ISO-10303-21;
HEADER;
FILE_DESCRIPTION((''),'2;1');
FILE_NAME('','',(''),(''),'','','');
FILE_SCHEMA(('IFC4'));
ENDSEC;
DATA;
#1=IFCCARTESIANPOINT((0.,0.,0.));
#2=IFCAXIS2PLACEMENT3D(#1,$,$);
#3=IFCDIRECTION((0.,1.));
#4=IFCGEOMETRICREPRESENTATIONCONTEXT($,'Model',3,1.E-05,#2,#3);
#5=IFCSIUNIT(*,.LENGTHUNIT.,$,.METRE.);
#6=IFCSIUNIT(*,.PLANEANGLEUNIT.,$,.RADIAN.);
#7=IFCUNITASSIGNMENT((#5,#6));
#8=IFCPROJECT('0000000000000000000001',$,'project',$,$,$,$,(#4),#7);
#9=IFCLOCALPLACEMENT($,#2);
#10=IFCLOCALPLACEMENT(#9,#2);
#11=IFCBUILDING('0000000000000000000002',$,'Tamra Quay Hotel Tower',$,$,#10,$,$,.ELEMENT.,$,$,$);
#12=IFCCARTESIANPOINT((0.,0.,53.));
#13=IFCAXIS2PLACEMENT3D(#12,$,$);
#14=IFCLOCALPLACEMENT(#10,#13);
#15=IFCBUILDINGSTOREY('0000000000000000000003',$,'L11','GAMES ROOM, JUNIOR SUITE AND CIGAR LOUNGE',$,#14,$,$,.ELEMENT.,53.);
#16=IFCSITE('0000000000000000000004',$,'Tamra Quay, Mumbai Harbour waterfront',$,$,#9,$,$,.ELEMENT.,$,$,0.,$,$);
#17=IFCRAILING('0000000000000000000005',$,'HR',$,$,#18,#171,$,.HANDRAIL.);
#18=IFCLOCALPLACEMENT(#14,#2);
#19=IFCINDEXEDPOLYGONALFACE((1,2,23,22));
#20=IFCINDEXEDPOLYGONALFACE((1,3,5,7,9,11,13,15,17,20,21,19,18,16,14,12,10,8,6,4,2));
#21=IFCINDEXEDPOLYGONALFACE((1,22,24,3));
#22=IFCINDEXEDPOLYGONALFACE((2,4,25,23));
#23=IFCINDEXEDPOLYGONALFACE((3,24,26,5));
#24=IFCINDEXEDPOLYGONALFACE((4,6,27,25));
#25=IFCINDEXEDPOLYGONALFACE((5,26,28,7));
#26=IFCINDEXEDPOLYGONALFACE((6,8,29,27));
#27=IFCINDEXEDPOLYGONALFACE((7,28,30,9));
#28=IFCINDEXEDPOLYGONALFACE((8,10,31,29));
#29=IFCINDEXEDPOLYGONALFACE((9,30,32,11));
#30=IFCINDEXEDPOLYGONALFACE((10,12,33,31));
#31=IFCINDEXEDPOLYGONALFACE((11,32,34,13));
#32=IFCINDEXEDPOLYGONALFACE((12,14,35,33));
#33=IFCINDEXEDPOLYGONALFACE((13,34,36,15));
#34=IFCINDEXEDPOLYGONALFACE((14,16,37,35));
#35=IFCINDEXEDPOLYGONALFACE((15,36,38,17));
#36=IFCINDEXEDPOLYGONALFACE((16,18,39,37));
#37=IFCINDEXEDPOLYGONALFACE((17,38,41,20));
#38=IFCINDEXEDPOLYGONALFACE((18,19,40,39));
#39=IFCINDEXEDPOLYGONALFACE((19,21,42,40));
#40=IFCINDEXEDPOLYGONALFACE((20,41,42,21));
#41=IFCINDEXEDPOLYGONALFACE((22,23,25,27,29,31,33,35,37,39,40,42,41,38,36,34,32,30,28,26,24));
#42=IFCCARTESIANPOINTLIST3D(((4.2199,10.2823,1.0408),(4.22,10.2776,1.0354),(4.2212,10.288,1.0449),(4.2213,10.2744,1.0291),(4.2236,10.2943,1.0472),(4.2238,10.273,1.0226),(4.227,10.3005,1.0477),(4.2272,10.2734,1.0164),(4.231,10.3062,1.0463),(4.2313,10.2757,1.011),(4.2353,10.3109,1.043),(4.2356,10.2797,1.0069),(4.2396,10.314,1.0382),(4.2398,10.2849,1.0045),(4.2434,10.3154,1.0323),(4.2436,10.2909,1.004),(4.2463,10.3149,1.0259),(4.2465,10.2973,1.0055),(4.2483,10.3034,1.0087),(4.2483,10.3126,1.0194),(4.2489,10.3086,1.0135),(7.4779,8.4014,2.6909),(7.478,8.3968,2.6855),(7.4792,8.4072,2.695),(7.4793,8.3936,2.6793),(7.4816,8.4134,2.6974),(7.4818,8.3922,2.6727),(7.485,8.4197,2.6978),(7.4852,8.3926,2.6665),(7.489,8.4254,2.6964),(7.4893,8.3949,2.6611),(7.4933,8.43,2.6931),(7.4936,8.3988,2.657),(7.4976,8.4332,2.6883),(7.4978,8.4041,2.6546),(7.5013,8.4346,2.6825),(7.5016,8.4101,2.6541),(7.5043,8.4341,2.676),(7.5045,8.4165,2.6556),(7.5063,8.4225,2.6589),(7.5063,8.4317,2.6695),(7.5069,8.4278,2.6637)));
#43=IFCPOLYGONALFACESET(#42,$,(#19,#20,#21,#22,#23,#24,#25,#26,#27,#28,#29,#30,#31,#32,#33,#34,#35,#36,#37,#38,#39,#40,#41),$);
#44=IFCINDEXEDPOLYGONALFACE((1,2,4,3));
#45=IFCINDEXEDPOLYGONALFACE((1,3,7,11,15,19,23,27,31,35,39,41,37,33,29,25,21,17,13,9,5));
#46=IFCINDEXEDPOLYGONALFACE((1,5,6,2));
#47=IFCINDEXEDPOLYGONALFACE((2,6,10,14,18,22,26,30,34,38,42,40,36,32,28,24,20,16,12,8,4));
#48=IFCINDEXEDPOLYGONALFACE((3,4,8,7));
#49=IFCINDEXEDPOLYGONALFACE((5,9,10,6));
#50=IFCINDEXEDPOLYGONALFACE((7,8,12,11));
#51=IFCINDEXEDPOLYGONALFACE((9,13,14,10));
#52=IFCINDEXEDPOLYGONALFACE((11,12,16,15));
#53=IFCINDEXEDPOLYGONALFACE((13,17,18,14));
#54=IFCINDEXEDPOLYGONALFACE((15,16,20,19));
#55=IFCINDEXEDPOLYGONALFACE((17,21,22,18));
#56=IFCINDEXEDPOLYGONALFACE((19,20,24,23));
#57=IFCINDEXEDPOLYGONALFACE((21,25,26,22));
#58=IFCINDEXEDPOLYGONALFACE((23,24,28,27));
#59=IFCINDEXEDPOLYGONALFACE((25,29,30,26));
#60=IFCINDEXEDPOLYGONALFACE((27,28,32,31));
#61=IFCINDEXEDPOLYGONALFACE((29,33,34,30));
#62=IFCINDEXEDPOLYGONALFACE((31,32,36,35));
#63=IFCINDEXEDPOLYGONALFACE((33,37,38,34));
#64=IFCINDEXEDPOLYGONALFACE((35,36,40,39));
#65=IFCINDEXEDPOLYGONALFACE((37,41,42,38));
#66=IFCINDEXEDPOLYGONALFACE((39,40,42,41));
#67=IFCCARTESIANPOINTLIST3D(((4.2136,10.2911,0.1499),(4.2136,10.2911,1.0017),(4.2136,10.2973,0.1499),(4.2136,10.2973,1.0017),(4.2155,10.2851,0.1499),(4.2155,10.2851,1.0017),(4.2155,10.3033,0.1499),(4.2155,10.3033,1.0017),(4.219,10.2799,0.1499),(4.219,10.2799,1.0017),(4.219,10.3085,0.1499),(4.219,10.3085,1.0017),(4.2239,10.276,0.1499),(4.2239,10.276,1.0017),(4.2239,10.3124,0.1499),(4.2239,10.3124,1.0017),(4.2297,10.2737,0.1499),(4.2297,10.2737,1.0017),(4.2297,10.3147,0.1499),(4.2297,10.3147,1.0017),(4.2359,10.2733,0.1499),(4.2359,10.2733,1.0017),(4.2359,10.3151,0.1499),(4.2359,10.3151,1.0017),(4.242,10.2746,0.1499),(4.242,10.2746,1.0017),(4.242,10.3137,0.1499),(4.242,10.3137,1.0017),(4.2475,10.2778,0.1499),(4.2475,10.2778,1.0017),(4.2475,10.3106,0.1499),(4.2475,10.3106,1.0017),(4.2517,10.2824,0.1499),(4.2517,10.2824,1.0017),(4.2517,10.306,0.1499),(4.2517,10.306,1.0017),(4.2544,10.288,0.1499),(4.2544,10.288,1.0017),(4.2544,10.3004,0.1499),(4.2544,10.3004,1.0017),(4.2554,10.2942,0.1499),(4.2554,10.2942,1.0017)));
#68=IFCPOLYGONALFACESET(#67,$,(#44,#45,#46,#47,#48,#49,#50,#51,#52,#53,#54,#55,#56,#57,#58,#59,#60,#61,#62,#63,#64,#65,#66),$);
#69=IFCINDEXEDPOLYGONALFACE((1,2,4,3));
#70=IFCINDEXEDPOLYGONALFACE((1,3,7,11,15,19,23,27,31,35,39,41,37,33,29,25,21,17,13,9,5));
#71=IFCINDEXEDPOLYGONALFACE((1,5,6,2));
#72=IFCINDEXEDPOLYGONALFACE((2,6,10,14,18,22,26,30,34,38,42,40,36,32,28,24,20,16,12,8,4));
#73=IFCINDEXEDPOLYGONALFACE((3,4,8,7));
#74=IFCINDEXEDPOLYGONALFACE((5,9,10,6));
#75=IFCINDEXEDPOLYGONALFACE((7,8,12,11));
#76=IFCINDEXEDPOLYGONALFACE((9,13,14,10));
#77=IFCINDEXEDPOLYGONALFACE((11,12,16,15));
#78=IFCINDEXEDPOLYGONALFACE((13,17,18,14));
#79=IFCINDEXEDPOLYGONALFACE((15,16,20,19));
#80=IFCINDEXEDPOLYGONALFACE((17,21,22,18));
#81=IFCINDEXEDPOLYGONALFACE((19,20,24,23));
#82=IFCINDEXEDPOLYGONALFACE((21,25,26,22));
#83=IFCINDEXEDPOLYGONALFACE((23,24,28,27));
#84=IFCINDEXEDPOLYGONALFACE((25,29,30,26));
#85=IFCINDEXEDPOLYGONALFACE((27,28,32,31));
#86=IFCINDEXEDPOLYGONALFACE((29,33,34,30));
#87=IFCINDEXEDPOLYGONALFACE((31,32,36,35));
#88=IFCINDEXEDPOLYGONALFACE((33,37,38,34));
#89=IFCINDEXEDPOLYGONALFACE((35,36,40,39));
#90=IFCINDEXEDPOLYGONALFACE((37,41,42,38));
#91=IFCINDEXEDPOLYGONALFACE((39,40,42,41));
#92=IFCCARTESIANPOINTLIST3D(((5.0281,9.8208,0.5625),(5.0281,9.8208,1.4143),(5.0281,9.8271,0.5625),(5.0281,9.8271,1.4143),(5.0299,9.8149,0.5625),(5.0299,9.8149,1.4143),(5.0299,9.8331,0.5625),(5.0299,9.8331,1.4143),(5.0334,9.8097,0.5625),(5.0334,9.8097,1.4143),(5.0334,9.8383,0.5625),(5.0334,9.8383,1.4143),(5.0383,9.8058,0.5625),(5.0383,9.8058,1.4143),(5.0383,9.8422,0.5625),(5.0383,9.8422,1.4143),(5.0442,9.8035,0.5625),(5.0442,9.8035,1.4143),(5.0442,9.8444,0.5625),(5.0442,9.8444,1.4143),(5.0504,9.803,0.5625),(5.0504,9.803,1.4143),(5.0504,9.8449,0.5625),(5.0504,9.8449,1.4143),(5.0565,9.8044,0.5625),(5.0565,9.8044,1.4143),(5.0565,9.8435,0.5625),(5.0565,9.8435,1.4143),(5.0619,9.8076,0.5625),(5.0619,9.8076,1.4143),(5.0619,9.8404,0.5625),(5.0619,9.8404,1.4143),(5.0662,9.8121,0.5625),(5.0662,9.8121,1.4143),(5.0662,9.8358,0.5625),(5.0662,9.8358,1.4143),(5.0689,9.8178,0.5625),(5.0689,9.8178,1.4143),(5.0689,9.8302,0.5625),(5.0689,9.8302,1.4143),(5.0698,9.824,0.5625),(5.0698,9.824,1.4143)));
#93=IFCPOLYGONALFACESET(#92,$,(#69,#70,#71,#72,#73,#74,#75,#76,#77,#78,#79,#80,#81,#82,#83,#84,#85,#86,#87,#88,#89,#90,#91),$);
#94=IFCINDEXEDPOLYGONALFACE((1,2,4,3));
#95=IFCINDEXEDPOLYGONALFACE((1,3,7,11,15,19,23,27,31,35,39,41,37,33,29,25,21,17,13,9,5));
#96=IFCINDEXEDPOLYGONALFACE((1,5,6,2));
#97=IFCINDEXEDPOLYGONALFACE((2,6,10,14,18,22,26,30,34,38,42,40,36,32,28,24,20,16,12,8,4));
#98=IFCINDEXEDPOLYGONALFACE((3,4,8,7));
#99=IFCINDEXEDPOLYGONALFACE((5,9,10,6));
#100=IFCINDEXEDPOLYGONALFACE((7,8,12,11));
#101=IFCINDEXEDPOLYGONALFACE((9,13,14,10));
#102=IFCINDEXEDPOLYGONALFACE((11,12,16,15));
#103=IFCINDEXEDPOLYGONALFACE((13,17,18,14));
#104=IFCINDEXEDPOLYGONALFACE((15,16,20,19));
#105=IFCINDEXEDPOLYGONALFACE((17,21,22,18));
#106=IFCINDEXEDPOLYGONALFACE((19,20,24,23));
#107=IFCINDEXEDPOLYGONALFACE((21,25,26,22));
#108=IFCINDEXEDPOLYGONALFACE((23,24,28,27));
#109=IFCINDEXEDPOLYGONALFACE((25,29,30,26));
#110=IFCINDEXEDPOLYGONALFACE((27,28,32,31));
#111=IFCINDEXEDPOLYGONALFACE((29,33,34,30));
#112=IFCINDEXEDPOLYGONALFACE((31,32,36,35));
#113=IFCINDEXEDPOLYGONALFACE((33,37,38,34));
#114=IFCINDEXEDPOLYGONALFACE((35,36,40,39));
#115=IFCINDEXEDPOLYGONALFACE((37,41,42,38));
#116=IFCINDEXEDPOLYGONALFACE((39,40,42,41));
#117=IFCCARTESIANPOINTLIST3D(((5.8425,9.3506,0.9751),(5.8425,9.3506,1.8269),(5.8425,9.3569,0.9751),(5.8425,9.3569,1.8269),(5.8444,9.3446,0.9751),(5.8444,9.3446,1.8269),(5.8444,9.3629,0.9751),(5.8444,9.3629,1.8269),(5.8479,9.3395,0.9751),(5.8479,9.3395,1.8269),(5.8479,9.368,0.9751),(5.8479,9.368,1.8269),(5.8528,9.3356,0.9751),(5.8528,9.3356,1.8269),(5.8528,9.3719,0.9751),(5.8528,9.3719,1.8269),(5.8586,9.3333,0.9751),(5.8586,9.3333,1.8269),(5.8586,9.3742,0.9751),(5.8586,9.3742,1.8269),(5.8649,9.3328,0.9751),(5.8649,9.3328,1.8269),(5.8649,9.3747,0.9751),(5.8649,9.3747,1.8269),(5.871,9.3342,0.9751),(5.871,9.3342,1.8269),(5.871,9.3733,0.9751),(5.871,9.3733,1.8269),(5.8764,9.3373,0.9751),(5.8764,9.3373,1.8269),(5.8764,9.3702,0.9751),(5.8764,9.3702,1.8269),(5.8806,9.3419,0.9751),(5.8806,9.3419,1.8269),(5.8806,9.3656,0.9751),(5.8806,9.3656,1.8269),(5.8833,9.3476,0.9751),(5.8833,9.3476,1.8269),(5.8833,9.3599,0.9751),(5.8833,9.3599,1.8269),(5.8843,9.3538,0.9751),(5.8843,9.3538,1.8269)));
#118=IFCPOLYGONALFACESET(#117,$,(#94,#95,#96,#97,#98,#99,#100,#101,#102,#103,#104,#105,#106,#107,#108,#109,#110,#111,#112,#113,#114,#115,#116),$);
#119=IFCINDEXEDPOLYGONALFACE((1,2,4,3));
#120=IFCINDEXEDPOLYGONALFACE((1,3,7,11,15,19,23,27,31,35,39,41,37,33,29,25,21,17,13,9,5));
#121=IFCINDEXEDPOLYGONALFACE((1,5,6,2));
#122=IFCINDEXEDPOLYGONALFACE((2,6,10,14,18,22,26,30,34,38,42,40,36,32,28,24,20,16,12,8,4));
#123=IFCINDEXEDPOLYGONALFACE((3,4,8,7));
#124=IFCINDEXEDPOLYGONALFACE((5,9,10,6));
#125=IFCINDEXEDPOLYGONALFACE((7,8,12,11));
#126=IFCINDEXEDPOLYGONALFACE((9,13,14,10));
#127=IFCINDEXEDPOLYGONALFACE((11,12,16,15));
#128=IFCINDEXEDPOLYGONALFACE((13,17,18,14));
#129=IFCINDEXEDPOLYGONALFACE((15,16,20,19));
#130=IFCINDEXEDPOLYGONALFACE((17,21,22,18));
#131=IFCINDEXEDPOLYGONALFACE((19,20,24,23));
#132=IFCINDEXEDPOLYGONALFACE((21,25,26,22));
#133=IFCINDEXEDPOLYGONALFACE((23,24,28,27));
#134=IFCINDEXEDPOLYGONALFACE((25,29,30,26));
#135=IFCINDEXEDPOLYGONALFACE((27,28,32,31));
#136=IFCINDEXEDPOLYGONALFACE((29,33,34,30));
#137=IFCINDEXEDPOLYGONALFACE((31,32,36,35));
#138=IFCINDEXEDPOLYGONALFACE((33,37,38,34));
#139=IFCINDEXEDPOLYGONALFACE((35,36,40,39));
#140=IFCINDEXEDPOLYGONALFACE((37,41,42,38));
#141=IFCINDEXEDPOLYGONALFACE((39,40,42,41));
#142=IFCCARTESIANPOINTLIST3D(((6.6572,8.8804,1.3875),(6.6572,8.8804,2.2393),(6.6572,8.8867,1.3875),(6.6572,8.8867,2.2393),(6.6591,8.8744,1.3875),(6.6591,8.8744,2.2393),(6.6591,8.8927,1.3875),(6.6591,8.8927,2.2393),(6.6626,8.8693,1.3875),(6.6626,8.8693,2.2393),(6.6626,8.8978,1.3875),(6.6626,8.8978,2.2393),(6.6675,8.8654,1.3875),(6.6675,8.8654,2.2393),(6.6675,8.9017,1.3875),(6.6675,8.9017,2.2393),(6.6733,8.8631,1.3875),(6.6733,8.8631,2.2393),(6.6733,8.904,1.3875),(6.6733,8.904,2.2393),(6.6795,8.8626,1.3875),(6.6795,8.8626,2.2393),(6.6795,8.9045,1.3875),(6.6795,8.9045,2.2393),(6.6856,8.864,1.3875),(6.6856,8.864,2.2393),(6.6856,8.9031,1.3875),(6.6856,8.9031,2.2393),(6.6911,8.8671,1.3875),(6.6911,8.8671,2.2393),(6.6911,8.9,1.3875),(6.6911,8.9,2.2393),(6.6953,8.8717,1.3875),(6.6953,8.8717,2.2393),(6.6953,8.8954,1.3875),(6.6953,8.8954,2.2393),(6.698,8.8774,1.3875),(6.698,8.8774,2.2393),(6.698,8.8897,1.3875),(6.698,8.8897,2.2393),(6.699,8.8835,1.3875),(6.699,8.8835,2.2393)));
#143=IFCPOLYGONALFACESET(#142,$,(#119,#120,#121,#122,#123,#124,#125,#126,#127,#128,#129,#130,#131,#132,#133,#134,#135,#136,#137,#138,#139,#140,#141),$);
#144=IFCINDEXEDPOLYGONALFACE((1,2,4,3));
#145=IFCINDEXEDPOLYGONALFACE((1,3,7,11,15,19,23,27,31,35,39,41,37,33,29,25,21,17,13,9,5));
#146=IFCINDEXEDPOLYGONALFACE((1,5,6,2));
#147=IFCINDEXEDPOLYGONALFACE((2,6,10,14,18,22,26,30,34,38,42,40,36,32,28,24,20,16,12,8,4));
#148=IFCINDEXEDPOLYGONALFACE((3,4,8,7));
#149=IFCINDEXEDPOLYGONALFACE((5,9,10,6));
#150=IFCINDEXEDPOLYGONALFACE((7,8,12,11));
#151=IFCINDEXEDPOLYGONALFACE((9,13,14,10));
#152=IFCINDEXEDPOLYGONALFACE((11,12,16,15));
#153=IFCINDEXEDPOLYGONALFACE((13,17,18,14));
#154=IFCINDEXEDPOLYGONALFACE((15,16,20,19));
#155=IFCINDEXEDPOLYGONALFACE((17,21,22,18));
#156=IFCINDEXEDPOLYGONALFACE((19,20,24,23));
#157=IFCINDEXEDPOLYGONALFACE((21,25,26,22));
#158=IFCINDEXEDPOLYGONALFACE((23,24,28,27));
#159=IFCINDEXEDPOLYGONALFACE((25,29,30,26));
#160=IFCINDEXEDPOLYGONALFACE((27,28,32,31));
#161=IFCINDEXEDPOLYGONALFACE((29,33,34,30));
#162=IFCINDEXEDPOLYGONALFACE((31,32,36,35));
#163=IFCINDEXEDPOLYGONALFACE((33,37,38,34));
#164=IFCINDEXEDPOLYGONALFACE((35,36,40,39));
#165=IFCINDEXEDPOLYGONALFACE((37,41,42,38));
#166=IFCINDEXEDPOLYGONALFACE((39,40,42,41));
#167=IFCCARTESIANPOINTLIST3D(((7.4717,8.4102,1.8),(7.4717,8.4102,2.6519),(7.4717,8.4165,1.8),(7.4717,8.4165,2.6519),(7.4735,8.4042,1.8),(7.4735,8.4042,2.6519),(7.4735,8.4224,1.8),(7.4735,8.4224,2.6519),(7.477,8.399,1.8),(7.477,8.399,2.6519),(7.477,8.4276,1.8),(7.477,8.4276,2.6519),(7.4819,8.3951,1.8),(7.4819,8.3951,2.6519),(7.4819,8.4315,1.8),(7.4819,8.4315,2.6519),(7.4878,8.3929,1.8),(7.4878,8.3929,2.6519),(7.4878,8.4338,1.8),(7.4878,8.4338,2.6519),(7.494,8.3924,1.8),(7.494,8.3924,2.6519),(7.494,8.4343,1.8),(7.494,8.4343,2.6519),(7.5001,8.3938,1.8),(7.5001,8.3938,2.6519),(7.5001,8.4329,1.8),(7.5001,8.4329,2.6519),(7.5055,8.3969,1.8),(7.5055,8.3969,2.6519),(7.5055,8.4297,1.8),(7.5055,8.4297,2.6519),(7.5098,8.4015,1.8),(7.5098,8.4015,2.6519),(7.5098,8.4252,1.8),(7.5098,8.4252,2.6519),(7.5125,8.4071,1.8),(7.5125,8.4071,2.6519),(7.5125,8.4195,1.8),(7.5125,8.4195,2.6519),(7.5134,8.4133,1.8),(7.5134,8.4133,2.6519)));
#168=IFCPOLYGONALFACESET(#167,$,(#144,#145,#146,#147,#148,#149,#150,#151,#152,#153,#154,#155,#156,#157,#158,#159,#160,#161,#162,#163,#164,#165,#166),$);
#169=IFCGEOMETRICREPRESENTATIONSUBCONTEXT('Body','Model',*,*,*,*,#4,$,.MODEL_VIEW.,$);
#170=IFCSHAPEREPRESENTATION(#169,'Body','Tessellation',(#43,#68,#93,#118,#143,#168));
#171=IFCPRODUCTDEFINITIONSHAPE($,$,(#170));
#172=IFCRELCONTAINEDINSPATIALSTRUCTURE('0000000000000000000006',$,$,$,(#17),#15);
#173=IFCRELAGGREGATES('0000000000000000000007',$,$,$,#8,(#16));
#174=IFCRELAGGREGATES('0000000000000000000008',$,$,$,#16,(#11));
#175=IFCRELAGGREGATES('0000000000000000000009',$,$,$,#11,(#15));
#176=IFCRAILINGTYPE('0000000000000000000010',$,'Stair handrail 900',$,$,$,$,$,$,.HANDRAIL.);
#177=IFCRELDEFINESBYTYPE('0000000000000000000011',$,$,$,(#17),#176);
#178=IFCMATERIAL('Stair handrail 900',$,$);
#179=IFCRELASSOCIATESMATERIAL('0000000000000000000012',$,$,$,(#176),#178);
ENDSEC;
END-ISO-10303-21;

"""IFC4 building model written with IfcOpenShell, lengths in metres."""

from ifc_helpers import new_model, si_unit, direction, frame, origin, origin_2d, place, context, subcontext, project, spatial, circle, extrude, material, type_object, element, save


model = new_model("IFC4")

# Units and contexts
model_context = context("Model", 3, precision=1e-05, world=origin(), true_north=direction((0.0, 1.0)))
body_context = subcontext(model_context, "Body", "Model", "MODEL_VIEW")
ifc_project = project(units=[si_unit("LENGTHUNIT", "METRE"), si_unit("PLANEANGLEUNIT", "RADIAN")], contexts=[model_context])

# Site, building, storey
site_placement = place(None, origin())
site = spatial("IfcSite", under=ifc_project, at=site_placement, Name="Tamra Quay, Mumbai Harbour waterfront", CompositionType="ELEMENT", RefElevation=0.0)
building_placement = place(site_placement, origin())
building = spatial("IfcBuilding", under=site, at=building_placement, Name="Tamra Quay Hotel Tower", CompositionType="ELEMENT")
storey_placement = place(building_placement, frame((0.0, 0.0, 53.0)))
storey = spatial("IfcBuildingStorey", under=building, at=storey_placement, Name="L11", Description="GAMES ROOM, JUNIOR SUITE AND CIGAR LOUNGE", CompositionType="ELEMENT", Elevation=53.0)

# Railing
ifc_material_1 = material(Name="Stair handrail 900")
railing_type = type_object("IfcRailingType", Name="Stair handrail 900", PredefinedType="HANDRAIL", material=ifc_material_1)
railing_placement = place(storey_placement, frame((4.2344, 10.2942, 0.1499)))
element("IfcRailing", 1, at=railing_placement, inside=storey, type_object=railing_type, Name="HR", PredefinedType="HANDRAIL", context=body_context, shape_type="SweptSolid", body=[
    extrude(circle(Radius=0.0239, at=origin_2d()), frame((0.0, 0.0, 0.876), z_axis=(0.793103, -0.457854, 0.401692), x_axis=(0.499964, 0.866046, 0.0)), (0.0, 0.0, 1.0), 4.1079),
    extrude(circle(Radius=0.021, at=origin_2d()), origin(), (0.0, 0.0, 1.0), 0.8518),
    extrude(circle(Radius=0.021, at=origin_2d()), frame((0.8145, -0.4702, 0.4126)), (0.0, 0.0, 1.0), 0.8518),
    extrude(circle(Radius=0.021, at=origin_2d()), frame((1.6289, -0.9404, 0.8252)), (0.0, 0.0, 1.0), 0.8518),
    extrude(circle(Radius=0.021, at=origin_2d()), frame((2.4436, -1.4106, 1.2375)), (0.0, 0.0, 1.0), 0.8518),
    extrude(circle(Radius=0.021, at=origin_2d()), frame((3.2581, -1.8809, 1.6501)), (0.0, 0.0, 1.0), 0.8518),
])

save(model, "model.ifc")
